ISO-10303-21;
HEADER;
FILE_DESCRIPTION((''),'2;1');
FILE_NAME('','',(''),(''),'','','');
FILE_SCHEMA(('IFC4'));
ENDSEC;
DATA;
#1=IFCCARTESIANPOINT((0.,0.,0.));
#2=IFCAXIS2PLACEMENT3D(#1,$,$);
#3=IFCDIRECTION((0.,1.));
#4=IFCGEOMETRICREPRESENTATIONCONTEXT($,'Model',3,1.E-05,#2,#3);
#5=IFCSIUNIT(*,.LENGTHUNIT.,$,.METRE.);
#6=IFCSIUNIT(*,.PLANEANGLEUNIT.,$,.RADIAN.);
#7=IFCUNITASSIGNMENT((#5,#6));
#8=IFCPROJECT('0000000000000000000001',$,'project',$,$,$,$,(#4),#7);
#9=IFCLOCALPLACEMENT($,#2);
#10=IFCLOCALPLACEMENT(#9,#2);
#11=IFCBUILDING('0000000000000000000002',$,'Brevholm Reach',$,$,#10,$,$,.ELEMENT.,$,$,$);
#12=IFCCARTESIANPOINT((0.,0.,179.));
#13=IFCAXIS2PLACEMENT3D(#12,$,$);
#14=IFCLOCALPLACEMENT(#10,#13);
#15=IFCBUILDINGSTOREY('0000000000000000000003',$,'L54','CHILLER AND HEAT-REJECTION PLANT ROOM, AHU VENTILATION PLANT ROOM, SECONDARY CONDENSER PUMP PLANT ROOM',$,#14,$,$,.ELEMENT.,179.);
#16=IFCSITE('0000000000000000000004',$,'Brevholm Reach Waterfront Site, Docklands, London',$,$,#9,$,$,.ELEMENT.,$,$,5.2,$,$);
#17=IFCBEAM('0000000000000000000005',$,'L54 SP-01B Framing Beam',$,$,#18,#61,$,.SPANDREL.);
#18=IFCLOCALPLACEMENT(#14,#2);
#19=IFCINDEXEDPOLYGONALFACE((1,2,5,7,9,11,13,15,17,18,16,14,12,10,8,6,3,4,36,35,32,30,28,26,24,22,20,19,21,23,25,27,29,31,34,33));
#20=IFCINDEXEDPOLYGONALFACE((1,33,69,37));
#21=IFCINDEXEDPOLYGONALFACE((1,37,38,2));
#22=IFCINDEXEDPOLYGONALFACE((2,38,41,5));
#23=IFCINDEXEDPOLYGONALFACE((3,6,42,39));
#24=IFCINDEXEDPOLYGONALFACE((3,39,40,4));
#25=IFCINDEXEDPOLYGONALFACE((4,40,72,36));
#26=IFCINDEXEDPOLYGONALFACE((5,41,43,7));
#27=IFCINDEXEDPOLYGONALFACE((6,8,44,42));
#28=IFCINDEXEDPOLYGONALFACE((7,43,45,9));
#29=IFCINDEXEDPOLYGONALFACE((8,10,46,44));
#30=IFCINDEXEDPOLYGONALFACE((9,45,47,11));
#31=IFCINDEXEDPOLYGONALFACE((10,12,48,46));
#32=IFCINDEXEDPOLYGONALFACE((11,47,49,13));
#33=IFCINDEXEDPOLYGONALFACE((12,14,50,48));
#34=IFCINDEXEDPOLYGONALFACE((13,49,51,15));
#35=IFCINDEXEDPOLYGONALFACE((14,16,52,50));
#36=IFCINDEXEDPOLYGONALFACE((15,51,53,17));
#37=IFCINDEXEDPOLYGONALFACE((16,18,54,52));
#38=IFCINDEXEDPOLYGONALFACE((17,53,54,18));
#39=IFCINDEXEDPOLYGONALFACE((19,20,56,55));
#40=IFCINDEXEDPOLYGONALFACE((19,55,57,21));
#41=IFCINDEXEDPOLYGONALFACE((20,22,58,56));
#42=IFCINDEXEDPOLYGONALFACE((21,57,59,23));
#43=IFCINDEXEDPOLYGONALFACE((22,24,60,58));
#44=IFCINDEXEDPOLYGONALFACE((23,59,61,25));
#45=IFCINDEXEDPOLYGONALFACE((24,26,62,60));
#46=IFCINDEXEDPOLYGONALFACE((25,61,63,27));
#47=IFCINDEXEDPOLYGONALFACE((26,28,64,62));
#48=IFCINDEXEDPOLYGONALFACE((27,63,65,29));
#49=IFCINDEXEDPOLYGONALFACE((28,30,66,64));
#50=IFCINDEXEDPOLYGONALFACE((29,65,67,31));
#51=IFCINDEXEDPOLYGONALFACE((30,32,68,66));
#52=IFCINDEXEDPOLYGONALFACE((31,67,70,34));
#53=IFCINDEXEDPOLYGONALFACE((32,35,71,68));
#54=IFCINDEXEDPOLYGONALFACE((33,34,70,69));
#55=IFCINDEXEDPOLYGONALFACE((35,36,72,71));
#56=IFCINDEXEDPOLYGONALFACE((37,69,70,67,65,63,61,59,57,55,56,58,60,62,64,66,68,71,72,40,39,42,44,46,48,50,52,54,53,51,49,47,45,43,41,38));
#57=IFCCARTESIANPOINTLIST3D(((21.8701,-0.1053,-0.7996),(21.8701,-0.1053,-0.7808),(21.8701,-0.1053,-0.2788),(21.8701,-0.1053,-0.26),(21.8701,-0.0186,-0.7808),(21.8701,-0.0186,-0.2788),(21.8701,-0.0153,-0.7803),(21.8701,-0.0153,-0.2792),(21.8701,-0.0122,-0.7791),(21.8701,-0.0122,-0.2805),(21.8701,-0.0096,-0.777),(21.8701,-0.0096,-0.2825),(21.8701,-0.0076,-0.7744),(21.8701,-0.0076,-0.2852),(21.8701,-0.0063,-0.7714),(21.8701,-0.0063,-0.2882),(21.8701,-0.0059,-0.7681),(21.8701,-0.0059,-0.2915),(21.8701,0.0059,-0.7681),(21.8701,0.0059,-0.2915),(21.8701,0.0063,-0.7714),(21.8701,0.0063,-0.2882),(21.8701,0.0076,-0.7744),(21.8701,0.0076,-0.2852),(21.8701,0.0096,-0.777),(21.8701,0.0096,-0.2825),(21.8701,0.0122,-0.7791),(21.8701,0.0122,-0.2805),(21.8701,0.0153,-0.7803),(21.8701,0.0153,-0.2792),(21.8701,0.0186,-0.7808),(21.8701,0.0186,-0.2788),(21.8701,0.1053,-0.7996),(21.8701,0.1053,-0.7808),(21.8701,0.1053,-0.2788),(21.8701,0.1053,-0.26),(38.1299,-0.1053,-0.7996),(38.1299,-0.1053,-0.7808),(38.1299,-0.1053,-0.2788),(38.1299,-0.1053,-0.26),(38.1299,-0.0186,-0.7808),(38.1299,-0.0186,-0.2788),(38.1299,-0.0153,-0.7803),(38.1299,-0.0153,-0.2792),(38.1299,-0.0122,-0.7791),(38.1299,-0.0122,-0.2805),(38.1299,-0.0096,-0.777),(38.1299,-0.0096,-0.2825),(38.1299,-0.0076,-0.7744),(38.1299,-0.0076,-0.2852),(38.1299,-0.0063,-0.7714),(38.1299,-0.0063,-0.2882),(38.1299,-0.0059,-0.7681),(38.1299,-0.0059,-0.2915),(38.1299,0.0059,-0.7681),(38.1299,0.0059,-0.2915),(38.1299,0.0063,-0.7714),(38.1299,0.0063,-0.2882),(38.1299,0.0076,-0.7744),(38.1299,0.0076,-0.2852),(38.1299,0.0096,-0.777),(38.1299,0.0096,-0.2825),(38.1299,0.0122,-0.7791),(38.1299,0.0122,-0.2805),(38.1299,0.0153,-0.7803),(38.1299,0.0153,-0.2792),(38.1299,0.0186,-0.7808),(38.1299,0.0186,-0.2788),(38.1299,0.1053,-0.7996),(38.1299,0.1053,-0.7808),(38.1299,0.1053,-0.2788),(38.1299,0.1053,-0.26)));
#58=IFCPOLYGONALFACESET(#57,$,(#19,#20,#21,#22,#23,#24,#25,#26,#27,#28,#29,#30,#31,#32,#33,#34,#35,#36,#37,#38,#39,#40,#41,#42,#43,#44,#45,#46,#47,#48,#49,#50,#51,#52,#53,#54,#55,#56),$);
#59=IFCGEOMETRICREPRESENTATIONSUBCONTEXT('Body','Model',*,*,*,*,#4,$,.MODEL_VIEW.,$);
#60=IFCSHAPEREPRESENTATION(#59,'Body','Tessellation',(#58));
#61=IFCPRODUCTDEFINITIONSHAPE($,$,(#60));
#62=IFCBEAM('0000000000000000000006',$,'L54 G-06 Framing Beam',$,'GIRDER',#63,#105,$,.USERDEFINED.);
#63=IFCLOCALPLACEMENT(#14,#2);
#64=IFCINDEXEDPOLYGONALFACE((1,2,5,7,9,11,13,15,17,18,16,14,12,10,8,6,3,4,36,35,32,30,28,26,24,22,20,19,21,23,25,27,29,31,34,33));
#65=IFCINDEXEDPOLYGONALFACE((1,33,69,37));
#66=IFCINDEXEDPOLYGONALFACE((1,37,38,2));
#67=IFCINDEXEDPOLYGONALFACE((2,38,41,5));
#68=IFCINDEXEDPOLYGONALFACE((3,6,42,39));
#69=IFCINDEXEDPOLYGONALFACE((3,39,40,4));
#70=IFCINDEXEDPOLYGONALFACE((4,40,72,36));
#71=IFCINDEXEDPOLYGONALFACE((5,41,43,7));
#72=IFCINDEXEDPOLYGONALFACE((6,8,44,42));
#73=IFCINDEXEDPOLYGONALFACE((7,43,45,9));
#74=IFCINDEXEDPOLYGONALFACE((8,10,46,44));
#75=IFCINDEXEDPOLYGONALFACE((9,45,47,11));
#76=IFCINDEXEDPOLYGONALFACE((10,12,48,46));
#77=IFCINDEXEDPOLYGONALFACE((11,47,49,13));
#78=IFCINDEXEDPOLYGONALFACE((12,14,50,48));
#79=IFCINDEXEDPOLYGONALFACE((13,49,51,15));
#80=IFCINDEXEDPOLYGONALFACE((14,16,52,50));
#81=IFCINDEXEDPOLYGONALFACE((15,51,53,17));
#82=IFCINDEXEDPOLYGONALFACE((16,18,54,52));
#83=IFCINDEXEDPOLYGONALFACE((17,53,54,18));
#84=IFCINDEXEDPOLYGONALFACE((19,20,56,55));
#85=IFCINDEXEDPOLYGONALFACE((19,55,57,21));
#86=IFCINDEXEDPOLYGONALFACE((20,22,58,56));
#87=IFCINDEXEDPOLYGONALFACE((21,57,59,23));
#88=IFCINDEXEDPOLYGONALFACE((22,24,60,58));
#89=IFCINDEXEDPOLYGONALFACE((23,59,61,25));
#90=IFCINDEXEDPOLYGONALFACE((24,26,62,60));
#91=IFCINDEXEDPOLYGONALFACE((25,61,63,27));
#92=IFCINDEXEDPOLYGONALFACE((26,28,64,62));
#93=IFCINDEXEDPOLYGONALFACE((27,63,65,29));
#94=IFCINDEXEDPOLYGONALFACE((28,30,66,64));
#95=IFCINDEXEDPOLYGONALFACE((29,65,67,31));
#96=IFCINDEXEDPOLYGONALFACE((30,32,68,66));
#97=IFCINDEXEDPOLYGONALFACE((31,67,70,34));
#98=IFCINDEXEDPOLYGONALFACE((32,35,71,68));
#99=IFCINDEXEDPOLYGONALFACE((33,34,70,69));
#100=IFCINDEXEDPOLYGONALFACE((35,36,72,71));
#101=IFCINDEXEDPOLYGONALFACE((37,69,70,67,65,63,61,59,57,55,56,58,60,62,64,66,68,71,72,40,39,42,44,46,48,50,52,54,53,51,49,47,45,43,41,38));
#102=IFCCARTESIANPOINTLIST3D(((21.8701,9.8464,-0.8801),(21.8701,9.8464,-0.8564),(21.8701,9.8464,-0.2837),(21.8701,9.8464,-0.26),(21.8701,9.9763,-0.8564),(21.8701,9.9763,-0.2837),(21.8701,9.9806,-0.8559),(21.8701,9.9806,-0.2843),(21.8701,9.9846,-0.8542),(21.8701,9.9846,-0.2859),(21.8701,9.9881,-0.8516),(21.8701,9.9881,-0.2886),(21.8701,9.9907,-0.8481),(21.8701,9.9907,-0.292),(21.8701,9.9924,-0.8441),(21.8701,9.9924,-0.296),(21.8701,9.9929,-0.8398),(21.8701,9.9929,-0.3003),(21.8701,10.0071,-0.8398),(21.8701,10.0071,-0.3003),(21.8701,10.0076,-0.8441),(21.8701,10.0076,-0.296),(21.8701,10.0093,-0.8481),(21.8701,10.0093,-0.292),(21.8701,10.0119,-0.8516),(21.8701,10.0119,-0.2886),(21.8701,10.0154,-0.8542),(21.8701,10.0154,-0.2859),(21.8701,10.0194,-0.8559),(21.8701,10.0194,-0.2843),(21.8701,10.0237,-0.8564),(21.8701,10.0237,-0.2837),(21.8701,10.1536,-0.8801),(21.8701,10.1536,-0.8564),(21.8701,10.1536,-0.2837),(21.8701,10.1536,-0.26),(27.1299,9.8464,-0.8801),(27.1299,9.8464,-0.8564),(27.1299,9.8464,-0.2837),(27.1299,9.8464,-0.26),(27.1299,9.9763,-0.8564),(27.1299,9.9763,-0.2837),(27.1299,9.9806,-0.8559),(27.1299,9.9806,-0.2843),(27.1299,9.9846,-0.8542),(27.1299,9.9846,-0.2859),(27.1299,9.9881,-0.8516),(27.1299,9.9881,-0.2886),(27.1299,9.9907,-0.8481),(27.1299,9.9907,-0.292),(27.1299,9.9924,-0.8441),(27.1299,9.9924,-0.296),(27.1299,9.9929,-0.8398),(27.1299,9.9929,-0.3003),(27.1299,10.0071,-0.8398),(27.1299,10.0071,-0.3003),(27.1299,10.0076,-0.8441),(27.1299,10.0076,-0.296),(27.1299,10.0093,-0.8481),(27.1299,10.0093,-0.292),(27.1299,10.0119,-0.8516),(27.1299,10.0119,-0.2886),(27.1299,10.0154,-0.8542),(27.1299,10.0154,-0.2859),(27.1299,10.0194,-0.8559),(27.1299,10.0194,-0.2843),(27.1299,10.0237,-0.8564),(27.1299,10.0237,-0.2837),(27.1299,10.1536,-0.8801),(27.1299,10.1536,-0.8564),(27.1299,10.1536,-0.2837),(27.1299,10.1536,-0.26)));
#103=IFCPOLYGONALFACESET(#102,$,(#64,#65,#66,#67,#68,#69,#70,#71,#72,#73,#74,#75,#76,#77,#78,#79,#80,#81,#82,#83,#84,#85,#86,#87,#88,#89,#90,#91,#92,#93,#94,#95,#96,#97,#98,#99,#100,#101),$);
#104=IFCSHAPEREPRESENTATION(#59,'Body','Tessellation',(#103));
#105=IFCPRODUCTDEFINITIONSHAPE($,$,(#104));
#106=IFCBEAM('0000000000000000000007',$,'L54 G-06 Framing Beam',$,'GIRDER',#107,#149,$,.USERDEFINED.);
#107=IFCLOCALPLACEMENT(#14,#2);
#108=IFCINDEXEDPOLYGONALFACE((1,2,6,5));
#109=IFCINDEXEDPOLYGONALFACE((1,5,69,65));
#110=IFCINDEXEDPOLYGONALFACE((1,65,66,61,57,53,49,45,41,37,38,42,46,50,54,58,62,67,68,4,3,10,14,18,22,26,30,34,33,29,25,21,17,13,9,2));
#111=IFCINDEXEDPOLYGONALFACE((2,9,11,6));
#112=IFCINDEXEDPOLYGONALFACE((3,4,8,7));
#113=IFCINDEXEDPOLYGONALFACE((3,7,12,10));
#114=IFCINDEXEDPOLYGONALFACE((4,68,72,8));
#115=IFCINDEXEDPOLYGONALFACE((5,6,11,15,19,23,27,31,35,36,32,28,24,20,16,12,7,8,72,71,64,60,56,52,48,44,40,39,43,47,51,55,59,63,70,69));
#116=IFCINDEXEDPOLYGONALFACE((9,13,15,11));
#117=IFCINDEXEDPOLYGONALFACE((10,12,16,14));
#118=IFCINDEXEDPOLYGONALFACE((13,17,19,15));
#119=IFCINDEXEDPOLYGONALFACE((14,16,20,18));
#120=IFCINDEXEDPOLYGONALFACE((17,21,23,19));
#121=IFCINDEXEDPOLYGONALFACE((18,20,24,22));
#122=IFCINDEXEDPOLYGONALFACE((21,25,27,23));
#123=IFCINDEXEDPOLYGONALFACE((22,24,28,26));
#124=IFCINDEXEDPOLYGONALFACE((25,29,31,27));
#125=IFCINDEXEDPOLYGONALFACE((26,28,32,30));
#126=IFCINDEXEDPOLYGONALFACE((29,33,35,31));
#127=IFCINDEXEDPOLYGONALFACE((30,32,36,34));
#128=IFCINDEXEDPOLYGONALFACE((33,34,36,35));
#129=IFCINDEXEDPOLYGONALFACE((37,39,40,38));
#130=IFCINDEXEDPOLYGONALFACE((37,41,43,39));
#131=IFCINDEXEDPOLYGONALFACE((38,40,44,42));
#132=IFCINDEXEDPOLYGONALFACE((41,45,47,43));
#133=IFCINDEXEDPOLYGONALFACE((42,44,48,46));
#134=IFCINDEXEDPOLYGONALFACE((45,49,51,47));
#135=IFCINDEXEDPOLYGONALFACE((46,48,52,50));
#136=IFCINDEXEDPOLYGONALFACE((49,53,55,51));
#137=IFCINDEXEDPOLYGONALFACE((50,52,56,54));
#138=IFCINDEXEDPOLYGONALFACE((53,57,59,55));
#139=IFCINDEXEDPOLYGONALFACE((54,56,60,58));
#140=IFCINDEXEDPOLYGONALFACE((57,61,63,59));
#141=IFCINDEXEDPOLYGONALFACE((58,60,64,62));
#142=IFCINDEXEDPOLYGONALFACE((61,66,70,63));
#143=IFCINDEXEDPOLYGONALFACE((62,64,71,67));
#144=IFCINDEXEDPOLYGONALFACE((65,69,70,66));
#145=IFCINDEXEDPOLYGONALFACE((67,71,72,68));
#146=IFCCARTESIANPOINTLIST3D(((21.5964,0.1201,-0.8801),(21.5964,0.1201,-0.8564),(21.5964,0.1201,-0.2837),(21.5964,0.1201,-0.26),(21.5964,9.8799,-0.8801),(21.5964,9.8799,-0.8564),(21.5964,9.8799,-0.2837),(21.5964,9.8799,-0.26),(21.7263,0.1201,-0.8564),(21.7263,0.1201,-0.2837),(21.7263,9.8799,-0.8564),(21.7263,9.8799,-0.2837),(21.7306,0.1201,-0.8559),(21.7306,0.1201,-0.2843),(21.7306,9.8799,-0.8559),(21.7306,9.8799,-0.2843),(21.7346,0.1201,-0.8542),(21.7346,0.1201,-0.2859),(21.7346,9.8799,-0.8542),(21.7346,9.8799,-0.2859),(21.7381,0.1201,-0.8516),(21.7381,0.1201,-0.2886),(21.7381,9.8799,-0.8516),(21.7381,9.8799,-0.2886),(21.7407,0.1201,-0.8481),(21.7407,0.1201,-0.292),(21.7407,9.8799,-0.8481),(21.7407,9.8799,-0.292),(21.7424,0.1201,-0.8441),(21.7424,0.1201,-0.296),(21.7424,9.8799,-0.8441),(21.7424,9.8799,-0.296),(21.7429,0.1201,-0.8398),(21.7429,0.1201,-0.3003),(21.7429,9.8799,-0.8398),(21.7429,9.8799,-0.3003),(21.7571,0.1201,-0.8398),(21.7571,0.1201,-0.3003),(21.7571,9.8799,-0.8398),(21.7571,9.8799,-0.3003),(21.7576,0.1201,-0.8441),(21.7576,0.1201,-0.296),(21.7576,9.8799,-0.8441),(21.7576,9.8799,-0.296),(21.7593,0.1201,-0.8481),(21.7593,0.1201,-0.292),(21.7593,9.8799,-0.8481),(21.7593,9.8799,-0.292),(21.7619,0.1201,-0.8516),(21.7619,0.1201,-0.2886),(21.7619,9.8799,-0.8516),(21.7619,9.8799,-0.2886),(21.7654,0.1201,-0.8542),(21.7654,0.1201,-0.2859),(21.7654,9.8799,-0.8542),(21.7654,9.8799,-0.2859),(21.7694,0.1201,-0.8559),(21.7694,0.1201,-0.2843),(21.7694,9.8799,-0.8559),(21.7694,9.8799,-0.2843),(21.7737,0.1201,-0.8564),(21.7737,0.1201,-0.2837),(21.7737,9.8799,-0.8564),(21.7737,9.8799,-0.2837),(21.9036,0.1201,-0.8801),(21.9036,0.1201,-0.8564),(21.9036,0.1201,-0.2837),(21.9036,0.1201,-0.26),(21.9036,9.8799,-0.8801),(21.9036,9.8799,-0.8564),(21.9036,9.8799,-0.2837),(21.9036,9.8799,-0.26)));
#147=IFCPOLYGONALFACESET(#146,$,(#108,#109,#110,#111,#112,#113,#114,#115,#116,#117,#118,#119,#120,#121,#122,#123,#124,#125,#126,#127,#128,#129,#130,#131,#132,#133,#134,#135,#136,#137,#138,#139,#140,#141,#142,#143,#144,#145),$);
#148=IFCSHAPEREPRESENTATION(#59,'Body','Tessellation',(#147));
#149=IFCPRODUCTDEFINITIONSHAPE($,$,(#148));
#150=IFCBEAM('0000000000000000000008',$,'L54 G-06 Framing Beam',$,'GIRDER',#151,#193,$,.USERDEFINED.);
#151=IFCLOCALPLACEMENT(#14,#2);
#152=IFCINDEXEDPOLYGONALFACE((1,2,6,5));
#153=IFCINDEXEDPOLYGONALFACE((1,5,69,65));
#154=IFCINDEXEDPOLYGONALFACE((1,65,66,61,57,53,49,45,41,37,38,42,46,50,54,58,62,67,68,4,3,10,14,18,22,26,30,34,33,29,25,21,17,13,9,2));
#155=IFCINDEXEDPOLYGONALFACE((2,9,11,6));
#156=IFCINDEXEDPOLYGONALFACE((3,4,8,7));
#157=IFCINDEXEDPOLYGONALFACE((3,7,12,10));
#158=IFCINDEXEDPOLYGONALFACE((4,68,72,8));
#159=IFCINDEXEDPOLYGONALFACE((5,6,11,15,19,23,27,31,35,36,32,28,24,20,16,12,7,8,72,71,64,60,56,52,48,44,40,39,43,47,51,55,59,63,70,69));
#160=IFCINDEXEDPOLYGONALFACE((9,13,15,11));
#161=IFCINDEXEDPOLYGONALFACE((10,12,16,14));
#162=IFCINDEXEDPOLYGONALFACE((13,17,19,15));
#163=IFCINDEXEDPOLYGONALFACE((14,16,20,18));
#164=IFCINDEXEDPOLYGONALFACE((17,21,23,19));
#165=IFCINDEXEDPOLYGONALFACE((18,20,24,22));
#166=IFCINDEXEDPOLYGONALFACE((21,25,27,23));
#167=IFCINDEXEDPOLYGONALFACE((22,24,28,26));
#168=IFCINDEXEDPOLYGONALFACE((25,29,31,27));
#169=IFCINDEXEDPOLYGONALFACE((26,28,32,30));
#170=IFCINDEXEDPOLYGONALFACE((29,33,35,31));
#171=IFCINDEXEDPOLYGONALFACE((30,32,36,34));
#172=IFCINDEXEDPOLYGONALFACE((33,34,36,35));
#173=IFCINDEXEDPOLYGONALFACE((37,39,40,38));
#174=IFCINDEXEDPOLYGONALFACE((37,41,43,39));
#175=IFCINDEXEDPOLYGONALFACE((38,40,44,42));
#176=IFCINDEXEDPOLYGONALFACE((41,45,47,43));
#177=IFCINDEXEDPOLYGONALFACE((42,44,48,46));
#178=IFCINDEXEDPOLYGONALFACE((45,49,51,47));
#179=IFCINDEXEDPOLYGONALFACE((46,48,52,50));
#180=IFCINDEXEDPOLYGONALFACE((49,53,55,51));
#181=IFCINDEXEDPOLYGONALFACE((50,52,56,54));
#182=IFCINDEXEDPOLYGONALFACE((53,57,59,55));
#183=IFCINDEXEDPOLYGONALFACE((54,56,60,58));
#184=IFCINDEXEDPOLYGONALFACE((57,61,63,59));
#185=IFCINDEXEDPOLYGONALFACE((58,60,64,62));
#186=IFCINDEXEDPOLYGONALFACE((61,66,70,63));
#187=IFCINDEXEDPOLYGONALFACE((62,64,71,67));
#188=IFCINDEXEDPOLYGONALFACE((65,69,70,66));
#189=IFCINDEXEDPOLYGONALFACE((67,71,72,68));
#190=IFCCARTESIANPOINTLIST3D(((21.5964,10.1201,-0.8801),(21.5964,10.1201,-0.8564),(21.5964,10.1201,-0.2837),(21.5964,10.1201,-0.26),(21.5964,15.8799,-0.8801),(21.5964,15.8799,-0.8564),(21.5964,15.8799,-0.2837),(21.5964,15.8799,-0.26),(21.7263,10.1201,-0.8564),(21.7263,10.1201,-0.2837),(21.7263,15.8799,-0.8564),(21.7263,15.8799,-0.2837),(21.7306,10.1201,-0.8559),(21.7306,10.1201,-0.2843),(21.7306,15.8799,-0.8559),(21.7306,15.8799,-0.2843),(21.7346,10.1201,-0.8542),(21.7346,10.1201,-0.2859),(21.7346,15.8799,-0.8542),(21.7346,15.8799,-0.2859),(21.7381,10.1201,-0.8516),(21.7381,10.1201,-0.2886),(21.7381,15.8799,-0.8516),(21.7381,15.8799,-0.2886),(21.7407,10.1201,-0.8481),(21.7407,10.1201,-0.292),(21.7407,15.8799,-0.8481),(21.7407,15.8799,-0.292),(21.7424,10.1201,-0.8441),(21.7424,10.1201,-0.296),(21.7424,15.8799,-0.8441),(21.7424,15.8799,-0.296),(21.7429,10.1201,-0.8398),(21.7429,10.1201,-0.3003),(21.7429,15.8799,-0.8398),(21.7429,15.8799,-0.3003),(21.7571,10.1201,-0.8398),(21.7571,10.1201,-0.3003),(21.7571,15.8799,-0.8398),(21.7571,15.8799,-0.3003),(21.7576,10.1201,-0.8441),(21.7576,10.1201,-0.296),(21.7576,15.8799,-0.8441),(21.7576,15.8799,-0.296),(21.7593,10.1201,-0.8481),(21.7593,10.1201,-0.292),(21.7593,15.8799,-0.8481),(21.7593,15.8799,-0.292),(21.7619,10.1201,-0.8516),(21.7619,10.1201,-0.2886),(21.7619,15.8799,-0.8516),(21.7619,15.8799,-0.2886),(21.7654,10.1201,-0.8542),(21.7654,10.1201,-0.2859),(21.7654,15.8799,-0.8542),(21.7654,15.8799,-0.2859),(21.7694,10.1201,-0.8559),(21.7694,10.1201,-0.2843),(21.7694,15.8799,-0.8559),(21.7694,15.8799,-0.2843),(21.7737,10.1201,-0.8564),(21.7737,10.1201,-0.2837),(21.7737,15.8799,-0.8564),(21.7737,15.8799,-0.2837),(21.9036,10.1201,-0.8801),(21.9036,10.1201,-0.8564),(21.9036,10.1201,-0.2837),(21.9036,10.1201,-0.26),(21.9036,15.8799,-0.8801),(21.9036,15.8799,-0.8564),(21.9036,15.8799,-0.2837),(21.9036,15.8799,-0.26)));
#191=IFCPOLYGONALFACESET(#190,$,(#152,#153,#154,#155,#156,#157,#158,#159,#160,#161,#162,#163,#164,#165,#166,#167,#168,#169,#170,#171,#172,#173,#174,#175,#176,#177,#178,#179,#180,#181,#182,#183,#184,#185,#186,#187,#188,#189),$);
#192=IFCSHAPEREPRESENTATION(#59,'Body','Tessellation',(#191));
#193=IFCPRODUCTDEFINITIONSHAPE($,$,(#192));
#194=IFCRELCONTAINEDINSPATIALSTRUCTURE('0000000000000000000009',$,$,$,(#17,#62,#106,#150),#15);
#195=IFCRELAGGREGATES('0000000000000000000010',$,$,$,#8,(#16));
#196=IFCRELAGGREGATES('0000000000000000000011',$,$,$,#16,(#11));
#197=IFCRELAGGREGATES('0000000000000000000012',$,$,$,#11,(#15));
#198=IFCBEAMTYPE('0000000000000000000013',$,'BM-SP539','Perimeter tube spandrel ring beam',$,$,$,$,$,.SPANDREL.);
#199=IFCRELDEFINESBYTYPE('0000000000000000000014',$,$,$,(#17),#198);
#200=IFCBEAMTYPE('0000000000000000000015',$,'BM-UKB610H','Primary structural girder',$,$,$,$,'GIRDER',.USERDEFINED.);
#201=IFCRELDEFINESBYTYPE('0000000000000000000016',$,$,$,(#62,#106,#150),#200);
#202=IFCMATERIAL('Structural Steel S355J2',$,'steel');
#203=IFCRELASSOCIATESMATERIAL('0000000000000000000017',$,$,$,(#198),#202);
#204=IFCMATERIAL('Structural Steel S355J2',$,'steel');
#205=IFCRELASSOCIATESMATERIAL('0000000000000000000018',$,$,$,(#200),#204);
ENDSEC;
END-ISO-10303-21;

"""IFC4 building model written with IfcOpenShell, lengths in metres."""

from ifc_helpers import new_model, si_unit, direction, frame, origin, origin_2d, place, context, subcontext, project, spatial, i_section, extrude, material, material_profile, profile_set, type_object, element, save


model = new_model("IFC4")

# Units and contexts
model_context = context("Model", 3, precision=1e-05, world=origin(), true_north=direction((0.0, 1.0)))
body_context = subcontext(model_context, "Body", "Model", "MODEL_VIEW")
ifc_project = project(units=[si_unit("LENGTHUNIT", "METRE"), si_unit("PLANEANGLEUNIT", "RADIAN")], contexts=[model_context])

# Site, building, storey
site_placement = place(None, origin())
site = spatial("IfcSite", under=ifc_project, at=site_placement, Name="Brevholm Reach Waterfront Site, Docklands, London", CompositionType="ELEMENT", RefElevation=5.2)
building_placement = place(site_placement, origin())
building = spatial("IfcBuilding", under=site, at=building_placement, Name="Brevholm Reach", CompositionType="ELEMENT")
storey_placement = place(building_placement, frame((0.0, 0.0, 179.0)))
storey = spatial("IfcBuildingStorey", under=building, at=storey_placement, Name="L54", Description="CHILLER AND HEAT-REJECTION PLANT ROOM, AHU VENTILATION PLANT ROOM, SECONDARY CONDENSER PUMP PLANT ROOM", CompositionType="ELEMENT", Elevation=179.0)

# Beams
ifc_material_1 = material(Name="Structural Steel S355J2", Category="steel")
ifc_material_profile_1 = material_profile(ifc_material_1, i_section(OverallWidth=0.2107, OverallDepth=0.5396, WebThickness=0.0117, FlangeThickness=0.0188, FilletRadius=0.0127, at=origin_2d()), Name="UKB 533x210x109")
ifc_profile_set_1 = profile_set([ifc_material_profile_1], Name="Structural Steel S355J2")
beam_type_1 = type_object("IfcBeamType", Name="BM-SP539", Description="Perimeter tube spandrel ring beam", PredefinedType="SPANDREL", material=ifc_profile_set_1)
beam_1_placement = place(storey_placement, frame((21.8701, 0.0, -0.5298), z_axis=(1.0, 0.0, 0.0), x_axis=(0.0, 1.0, 0.0)))
element("IfcBeam", 1, at=beam_1_placement, inside=storey, type_object=beam_type_1, Name="L54 SP-01B Framing Beam", PredefinedType="SPANDREL", context=body_context, shape_type="SweptSolid", body=[
    extrude(i_section(OverallWidth=0.2107, OverallDepth=0.5396, WebThickness=0.0117, FlangeThickness=0.0188, FilletRadius=0.0127, at=origin_2d()), origin(), (0.0, 0.0, 1.0), 16.2598),
])
ifc_material_2 = material(Name="Structural Steel S355J2", Category="steel")
ifc_material_profile_2 = material_profile(ifc_material_2, i_section(OverallWidth=0.3071, OverallDepth=0.6201, WebThickness=0.0142, FlangeThickness=0.0237, FilletRadius=0.0166, at=origin_2d()), Name="UKB 610x305x179")
ifc_profile_set_2 = profile_set([ifc_material_profile_2], Name="Structural Steel S355J2")
beam_type_2 = type_object("IfcBeamType", Name="BM-UKB610H", Description="Primary structural girder", ElementType="GIRDER", PredefinedType="USERDEFINED", material=ifc_profile_set_2)
beam_2_placement = place(storey_placement, frame((21.8701, 10.0, -0.5701), z_axis=(1.0, 0.0, 0.0), x_axis=(0.0, 1.0, 0.0)))
element("IfcBeam", 2, at=beam_2_placement, inside=storey, type_object=beam_type_2, Name="L54 G-06 Framing Beam", ObjectType="GIRDER", PredefinedType="USERDEFINED", context=body_context, shape_type="SweptSolid", body=[
    extrude(i_section(OverallWidth=0.3071, OverallDepth=0.6201, WebThickness=0.0142, FlangeThickness=0.0237, FilletRadius=0.0166, at=origin_2d()), origin(), (0.0, 0.0, 1.0), 5.2598),
])
beam_3_placement = place(storey_placement, frame((21.75, 0.1201, -0.5701), z_axis=(0.0, 1.0, 0.0), x_axis=(-1.0, 0.0, 0.0)))
element("IfcBeam", 3, at=beam_3_placement, inside=storey, type_object=beam_type_2, Name="L54 G-06 Framing Beam", ObjectType="GIRDER", PredefinedType="USERDEFINED", context=body_context, shape_type="SweptSolid", body=[
    extrude(i_section(OverallWidth=0.3071, OverallDepth=0.6201, WebThickness=0.0142, FlangeThickness=0.0237, FilletRadius=0.0166, at=origin_2d()), origin(), (0.0, 0.0, 1.0), 9.7598),
])
beam_4_placement = place(storey_placement, frame((21.75, 10.1201, -0.5701), z_axis=(0.0, 1.0, 0.0), x_axis=(-1.0, 0.0, 0.0)))
element("IfcBeam", 4, at=beam_4_placement, inside=storey, type_object=beam_type_2, Name="L54 G-06 Framing Beam", ObjectType="GIRDER", PredefinedType="USERDEFINED", context=body_context, shape_type="SweptSolid", body=[
    extrude(i_section(OverallWidth=0.3071, OverallDepth=0.6201, WebThickness=0.0142, FlangeThickness=0.0237, FilletRadius=0.0166, at=origin_2d()), origin(), (0.0, 0.0, 1.0), 5.7598),
])

save(model, "model.ifc")
